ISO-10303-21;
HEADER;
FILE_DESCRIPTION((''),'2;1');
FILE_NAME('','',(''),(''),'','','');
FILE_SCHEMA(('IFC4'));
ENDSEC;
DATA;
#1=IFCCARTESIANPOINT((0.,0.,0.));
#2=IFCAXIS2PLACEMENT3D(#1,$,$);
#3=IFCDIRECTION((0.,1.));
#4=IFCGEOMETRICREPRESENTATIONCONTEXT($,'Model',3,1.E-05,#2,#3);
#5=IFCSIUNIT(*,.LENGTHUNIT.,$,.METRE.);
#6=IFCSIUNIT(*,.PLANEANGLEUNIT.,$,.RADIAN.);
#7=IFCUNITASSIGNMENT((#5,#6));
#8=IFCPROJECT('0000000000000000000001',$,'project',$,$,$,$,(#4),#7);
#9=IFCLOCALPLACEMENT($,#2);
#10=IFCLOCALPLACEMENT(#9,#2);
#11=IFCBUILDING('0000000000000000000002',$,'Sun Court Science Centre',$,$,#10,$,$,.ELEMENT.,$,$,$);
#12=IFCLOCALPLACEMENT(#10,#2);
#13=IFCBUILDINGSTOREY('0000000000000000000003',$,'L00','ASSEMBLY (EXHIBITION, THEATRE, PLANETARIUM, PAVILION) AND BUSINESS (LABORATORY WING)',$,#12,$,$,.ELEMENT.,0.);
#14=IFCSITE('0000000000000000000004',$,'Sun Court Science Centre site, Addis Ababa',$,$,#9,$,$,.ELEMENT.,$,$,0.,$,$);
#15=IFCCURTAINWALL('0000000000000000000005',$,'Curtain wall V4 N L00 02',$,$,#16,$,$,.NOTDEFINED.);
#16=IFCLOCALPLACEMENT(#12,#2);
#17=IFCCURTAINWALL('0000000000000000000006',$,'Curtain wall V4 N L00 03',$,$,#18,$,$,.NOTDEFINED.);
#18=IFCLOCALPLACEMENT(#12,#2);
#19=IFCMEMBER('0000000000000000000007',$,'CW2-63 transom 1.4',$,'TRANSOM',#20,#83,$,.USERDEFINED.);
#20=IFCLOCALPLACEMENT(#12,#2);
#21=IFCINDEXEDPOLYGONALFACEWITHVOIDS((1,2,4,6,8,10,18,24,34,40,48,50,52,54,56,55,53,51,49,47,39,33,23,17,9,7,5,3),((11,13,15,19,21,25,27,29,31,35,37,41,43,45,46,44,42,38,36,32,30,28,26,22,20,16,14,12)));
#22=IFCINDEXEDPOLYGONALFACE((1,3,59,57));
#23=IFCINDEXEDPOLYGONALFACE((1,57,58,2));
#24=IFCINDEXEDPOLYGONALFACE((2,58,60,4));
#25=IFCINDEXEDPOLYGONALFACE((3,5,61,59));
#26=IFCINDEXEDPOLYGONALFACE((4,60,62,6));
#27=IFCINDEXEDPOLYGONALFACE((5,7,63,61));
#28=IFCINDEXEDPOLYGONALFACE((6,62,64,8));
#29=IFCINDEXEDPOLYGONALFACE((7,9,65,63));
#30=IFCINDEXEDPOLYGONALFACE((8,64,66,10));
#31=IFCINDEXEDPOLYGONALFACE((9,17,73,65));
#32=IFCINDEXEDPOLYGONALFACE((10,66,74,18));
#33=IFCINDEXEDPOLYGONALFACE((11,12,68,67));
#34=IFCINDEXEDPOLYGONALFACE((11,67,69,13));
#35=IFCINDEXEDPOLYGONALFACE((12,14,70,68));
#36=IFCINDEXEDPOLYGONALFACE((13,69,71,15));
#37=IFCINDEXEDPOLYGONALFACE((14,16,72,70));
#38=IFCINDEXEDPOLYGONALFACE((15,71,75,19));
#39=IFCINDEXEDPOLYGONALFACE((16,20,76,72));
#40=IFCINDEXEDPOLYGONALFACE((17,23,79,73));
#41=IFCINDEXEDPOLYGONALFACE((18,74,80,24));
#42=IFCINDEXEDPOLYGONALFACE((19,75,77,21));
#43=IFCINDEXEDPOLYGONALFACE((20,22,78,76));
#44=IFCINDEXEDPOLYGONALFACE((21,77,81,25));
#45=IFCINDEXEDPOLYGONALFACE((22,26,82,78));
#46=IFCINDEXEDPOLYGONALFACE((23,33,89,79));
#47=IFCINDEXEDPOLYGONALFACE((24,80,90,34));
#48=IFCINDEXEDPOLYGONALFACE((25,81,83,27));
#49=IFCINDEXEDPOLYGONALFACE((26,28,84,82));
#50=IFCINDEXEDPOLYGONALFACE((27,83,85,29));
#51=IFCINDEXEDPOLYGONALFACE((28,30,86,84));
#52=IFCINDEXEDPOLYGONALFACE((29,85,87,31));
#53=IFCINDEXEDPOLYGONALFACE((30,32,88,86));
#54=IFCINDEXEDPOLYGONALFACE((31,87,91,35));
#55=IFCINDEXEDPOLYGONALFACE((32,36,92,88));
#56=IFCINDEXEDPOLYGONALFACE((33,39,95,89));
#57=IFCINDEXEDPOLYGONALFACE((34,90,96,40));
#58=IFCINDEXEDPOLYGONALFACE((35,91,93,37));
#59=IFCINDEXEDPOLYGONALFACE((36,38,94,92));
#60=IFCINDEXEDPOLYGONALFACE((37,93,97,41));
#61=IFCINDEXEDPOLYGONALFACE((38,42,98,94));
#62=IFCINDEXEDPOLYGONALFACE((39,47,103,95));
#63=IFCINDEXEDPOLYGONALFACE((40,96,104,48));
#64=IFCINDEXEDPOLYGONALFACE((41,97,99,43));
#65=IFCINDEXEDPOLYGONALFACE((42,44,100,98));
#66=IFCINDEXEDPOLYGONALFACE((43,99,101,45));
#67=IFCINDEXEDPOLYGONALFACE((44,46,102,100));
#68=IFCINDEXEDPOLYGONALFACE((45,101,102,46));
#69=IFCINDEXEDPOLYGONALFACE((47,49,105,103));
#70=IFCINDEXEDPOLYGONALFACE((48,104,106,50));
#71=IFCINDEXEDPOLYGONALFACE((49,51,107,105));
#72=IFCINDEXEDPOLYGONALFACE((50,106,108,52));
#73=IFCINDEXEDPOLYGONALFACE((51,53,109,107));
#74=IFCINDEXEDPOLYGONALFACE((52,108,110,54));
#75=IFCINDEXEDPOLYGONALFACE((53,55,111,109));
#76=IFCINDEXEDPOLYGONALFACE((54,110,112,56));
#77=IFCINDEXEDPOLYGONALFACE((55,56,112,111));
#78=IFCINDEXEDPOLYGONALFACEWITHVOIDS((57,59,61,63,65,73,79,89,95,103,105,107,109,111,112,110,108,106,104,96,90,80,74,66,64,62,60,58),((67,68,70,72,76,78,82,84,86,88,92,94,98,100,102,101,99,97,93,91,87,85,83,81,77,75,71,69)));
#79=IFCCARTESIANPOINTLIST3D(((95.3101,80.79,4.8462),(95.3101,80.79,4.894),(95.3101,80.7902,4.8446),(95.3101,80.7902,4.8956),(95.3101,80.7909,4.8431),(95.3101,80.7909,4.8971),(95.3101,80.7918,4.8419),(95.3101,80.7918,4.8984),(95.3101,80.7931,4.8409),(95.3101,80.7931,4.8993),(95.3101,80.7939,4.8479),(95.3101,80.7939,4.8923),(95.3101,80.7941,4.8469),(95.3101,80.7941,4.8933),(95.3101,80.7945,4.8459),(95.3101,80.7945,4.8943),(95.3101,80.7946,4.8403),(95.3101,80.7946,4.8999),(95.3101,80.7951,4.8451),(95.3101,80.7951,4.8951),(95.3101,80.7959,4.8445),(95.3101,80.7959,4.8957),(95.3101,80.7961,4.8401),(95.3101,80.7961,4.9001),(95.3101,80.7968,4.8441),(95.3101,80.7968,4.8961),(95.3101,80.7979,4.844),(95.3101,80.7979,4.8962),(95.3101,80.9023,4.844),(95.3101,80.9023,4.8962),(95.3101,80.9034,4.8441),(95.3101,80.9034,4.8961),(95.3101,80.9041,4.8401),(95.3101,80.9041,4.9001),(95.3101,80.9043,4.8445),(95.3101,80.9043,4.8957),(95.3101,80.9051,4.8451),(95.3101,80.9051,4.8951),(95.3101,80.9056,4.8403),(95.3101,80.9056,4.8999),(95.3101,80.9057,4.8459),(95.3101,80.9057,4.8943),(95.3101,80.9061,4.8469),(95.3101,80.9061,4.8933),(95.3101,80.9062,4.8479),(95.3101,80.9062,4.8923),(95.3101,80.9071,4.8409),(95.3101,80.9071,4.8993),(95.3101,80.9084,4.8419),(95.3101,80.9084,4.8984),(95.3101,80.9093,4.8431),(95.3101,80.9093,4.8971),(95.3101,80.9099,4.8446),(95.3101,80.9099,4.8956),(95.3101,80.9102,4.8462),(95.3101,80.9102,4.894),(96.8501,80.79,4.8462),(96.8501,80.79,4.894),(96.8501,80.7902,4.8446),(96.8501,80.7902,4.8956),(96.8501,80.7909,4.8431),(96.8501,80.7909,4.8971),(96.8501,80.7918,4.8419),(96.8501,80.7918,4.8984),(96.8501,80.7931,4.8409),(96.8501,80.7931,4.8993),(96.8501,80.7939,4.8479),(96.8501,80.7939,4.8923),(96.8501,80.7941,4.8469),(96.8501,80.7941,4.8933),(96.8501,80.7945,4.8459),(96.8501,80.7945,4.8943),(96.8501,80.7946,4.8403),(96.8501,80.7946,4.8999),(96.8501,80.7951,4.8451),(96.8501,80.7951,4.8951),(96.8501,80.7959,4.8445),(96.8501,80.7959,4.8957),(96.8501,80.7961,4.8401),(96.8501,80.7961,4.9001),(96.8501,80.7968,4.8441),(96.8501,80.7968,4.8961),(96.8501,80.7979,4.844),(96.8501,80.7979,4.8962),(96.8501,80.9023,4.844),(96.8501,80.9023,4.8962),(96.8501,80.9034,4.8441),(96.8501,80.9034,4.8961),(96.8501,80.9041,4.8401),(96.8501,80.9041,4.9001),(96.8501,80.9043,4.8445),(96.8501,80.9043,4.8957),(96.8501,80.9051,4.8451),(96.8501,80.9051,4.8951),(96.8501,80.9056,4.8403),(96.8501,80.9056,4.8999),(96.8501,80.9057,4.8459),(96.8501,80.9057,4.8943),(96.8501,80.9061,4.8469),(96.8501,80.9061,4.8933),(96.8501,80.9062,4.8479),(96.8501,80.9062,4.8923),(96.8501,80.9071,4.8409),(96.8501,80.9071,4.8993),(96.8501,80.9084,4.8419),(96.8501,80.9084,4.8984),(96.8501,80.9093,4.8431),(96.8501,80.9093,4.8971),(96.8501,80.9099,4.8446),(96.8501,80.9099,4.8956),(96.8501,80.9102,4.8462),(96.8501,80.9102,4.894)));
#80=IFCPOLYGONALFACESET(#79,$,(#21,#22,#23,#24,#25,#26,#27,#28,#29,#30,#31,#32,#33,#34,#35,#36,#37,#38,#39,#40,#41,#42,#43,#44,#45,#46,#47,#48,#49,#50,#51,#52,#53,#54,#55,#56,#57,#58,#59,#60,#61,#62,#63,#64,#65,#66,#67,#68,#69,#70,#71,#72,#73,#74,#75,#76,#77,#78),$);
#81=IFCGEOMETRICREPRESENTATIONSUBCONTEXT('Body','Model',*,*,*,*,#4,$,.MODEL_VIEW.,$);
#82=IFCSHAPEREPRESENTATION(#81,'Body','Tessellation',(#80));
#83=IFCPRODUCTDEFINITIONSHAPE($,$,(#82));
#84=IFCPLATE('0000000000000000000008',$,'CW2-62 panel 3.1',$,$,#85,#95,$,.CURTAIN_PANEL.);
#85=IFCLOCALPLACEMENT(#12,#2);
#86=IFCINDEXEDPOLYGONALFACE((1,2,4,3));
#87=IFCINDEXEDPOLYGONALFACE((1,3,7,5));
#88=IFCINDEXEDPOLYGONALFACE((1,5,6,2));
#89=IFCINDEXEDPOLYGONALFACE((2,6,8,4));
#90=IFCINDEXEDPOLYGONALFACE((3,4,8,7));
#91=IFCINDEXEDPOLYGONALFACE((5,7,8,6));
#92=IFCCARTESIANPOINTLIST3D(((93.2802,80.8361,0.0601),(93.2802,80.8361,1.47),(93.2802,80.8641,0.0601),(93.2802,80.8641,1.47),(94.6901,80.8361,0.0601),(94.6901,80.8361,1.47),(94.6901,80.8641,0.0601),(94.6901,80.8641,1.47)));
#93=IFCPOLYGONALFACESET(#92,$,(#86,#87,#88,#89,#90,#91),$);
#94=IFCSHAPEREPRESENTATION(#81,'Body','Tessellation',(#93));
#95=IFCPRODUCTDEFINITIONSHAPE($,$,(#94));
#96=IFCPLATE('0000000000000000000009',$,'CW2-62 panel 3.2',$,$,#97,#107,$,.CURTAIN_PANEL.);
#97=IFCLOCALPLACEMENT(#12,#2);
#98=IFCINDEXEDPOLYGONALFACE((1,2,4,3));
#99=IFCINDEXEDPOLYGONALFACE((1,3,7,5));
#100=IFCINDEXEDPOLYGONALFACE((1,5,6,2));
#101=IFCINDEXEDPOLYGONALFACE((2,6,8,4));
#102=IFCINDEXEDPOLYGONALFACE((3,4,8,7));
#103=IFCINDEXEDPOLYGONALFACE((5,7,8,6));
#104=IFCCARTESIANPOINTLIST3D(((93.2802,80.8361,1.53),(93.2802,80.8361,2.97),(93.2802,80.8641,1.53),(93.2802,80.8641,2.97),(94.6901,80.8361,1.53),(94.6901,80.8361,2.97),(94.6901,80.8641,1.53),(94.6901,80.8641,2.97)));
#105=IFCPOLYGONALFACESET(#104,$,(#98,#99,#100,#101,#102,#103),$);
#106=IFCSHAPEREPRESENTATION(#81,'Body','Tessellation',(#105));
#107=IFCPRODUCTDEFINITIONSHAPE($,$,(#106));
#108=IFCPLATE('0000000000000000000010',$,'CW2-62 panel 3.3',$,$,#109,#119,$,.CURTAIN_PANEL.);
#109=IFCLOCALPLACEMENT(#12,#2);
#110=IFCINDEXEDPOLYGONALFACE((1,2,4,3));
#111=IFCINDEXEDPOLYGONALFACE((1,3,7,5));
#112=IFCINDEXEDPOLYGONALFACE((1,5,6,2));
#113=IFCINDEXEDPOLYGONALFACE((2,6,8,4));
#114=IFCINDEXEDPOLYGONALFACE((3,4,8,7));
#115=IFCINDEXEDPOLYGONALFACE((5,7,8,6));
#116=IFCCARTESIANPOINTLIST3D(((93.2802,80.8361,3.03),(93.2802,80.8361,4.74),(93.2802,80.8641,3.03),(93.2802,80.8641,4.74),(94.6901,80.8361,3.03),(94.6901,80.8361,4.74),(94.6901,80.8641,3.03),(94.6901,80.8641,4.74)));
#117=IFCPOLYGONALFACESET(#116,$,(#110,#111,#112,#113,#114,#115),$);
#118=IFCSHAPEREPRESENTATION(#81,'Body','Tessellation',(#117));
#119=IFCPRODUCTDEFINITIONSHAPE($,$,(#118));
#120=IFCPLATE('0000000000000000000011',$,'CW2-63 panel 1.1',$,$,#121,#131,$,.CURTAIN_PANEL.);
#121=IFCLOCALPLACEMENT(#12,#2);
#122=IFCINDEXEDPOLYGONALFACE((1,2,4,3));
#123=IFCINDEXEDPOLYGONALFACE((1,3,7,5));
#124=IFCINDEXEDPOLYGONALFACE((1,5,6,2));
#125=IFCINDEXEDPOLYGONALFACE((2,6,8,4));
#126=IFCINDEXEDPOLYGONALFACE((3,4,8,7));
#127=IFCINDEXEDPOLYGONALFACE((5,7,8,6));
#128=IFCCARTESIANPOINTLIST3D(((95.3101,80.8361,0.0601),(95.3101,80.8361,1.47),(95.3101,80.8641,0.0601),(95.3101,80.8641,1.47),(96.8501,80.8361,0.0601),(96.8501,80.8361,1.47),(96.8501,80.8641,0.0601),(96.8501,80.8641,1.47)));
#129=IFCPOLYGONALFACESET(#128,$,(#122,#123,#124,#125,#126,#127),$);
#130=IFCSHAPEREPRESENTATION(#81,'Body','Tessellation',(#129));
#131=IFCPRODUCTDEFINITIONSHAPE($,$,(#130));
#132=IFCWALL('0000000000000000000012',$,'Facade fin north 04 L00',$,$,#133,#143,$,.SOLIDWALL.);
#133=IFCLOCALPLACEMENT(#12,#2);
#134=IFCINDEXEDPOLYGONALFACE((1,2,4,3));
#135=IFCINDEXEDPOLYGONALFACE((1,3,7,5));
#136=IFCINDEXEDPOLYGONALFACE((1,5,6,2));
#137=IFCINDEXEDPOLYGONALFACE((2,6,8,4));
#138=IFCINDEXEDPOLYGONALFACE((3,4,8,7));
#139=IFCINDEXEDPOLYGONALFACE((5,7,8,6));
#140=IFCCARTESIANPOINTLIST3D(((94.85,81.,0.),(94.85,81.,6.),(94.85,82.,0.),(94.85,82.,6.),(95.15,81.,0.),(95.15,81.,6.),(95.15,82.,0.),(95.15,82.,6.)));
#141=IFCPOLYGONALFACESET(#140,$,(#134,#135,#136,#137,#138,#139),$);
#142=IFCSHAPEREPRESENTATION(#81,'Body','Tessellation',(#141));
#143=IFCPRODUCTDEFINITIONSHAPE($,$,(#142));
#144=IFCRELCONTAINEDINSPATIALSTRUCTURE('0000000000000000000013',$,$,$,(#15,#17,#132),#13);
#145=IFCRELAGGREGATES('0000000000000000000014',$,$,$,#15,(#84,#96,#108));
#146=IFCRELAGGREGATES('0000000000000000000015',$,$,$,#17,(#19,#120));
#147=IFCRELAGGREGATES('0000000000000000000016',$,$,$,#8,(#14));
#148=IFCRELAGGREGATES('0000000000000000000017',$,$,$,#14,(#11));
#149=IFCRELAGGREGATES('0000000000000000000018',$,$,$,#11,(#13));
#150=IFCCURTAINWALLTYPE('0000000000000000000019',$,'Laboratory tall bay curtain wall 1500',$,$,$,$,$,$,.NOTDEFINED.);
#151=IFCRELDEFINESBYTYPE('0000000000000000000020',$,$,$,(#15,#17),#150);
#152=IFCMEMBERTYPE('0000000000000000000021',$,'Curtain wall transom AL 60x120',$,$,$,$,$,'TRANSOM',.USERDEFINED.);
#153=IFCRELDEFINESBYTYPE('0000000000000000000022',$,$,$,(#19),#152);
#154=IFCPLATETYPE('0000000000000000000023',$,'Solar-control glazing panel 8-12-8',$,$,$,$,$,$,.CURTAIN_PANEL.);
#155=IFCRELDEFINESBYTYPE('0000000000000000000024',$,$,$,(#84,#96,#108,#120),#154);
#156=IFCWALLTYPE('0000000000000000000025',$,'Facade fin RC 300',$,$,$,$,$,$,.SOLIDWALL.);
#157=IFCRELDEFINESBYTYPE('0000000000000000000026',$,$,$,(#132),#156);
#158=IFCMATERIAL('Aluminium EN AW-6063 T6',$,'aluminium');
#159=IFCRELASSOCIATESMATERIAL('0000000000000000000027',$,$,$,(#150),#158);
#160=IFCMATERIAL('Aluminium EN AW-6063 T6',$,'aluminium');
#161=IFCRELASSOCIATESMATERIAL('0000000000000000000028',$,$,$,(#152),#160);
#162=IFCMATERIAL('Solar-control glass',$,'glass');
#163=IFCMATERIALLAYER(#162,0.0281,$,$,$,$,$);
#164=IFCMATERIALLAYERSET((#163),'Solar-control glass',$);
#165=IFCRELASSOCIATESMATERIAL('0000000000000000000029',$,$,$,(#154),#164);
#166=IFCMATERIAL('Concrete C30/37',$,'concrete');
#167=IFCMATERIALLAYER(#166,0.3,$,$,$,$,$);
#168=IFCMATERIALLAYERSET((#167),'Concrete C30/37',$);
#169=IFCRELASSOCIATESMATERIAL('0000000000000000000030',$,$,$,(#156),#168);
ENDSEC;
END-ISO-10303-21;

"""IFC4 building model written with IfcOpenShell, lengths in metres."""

from ifc_helpers import new_model, si_unit, direction, frame, frame_2d, origin, origin_2d, place, context, subcontext, project, spatial, rectangle, hollow_rectangle, extrude, material, layer, layer_set, material_profile, profile_set, type_object, element, aggregate, save


model = new_model("IFC4")

# Units and contexts
model_context = context("Model", 3, precision=1e-05, world=origin(), true_north=direction((0.0, 1.0)))
body_context = subcontext(model_context, "Body", "Model", "MODEL_VIEW")
ifc_project = project(units=[si_unit("LENGTHUNIT", "METRE"), si_unit("PLANEANGLEUNIT", "RADIAN")], contexts=[model_context])

# Site, building, storey
site_placement = place(None, origin())
site = spatial("IfcSite", under=ifc_project, at=site_placement, Name="Sun Court Science Centre site, Addis Ababa", CompositionType="ELEMENT", RefElevation=0.0)
building_placement = place(site_placement, origin())
building = spatial("IfcBuilding", under=site, at=building_placement, Name="Sun Court Science Centre", CompositionType="ELEMENT")
storey_placement = place(building_placement, origin())
storey = spatial("IfcBuildingStorey", under=building, at=storey_placement, Name="L00", Description="ASSEMBLY (EXHIBITION, THEATRE, PLANETARIUM, PAVILION) AND BUSINESS (LABORATORY WING)", CompositionType="ELEMENT", Elevation=0.0)

# Curtain walls
ifc_material_1 = material(Name="Aluminium EN AW-6063 T6", Category="aluminium")
curtain_wall_type = type_object("IfcCurtainWallType", Name="Laboratory tall bay curtain wall 1500", PredefinedType="NOTDEFINED", material=ifc_material_1)
curtain_wall_1_placement = place(storey_placement, origin())
curtain_wall_1 = element("IfcCurtainWall", 1, at=curtain_wall_1_placement, inside=storey, type_object=curtain_wall_type, Name="Curtain wall V4 N L00 02", PredefinedType="NOTDEFINED")
curtain_wall_2_placement = place(storey_placement, origin())
curtain_wall_2 = element("IfcCurtainWall", 2, at=curtain_wall_2_placement, inside=storey, type_object=curtain_wall_type, Name="Curtain wall V4 N L00 03", PredefinedType="NOTDEFINED")

# Member
ifc_material_2 = material(Name="Aluminium EN AW-6063 T6", Category="aluminium")
ifc_material_profile_1 = material_profile(ifc_material_2, hollow_rectangle(XDim=0.0601, YDim=0.1201, WallThickness=0.0039, InnerFilletRadius=0.0039, OuterFilletRadius=0.0061, at=origin_2d()), Name="AL 60x120x4")
ifc_profile_set_1 = profile_set([ifc_material_profile_1], Name="Aluminium EN AW-6063 T6")
member_type_1 = type_object("IfcMemberType", Name="Curtain wall transom AL 60x120", ElementType="TRANSOM", PredefinedType="USERDEFINED", material=ifc_profile_set_1)
member_1_placement = place(storey_placement, frame((95.3101, 80.8501, 4.8701), z_axis=(1.0, 0.0, 0.0), x_axis=(0.0, 0.0, 1.0)))
member_1 = element("IfcMember", 3, at=member_1_placement, type_object=member_type_1, Name="CW2-63 transom 1.4", ObjectType="TRANSOM", PredefinedType="USERDEFINED", context=body_context, shape_type="SweptSolid", body=[
    extrude(hollow_rectangle(XDim=0.0601, YDim=0.1201, WallThickness=0.0039, InnerFilletRadius=0.0039, OuterFilletRadius=0.0061, at=origin_2d()), origin(), (0.0, 0.0, 1.0), 1.54),
])

# Plates
ifc_material_3 = material(Name="Solar-control glass", Category="glass")
ifc_layer_1 = layer(ifc_material_3, 0.0281)
ifc_layer_set_1 = layer_set([ifc_layer_1], Name="Solar-control glass")
plate_type = type_object("IfcPlateType", Name="Solar-control glazing panel 8-12-8", PredefinedType="CURTAIN_PANEL", material=ifc_layer_set_1)
plate_1_placement = place(storey_placement, frame((93.9851, 80.8501, 0.0601), z_axis=(0.0, 0.0, 1.0), x_axis=(1.0, 0.0, 0.0)))
plate_1 = element("IfcPlate", 4, at=plate_1_placement, type_object=plate_type, Name="CW2-62 panel 3.1", PredefinedType="CURTAIN_PANEL", context=body_context, shape_type="SweptSolid", body=[
    extrude(rectangle(XDim=1.4099, YDim=0.0281, at=origin_2d()), origin(), (0.0, 0.0, 1.0), 1.4099),
])
plate_2_placement = place(storey_placement, frame((93.9851, 80.8501, 1.53), z_axis=(0.0, 0.0, 1.0), x_axis=(1.0, 0.0, 0.0)))
plate_2 = element("IfcPlate", 5, at=plate_2_placement, type_object=plate_type, Name="CW2-62 panel 3.2", PredefinedType="CURTAIN_PANEL", context=body_context, shape_type="SweptSolid", body=[
    extrude(rectangle(XDim=1.4099, YDim=0.0281, at=origin_2d()), origin(), (0.0, 0.0, 1.0), 1.4399),
])
plate_3_placement = place(storey_placement, frame((93.9851, 80.8501, 3.03), z_axis=(0.0, 0.0, 1.0), x_axis=(1.0, 0.0, 0.0)))
plate_3 = element("IfcPlate", 6, at=plate_3_placement, type_object=plate_type, Name="CW2-62 panel 3.3", PredefinedType="CURTAIN_PANEL", context=body_context, shape_type="SweptSolid", body=[
    extrude(rectangle(XDim=1.4099, YDim=0.0281, at=origin_2d()), origin(), (0.0, 0.0, 1.0), 1.71),
])
aggregate(curtain_wall_1, [plate_1, plate_2, plate_3])
plate_4_placement = place(storey_placement, frame((96.0801, 80.8501, 0.0601), z_axis=(0.0, 0.0, 1.0), x_axis=(1.0, 0.0, 0.0)))
plate_4 = element("IfcPlate", 7, at=plate_4_placement, type_object=plate_type, Name="CW2-63 panel 1.1", PredefinedType="CURTAIN_PANEL", context=body_context, shape_type="SweptSolid", body=[
    extrude(rectangle(XDim=1.54, YDim=0.0281, at=origin_2d()), origin(), (0.0, 0.0, 1.0), 1.4099),
])
aggregate(curtain_wall_2, [member_1, plate_4])

# Wall
ifc_material_4 = material(Name="Concrete C30/37", Category="concrete")
ifc_layer_2 = layer(ifc_material_4, 0.3)
ifc_layer_set_2 = layer_set([ifc_layer_2], Name="Concrete C30/37")
wall_type = type_object("IfcWallType", Name="Facade fin RC 300", PredefinedType="SOLIDWALL", material=ifc_layer_set_2)
wall_placement = place(storey_placement, frame((95.0, 81.0, 0.0), z_axis=(0.0, 0.0, 1.0), x_axis=(0.0, 1.0, 0.0)))
element("IfcWall", 8, at=wall_placement, inside=storey, type_object=wall_type, Name="Facade fin north 04 L00", PredefinedType="SOLIDWALL", context=body_context, shape_type="SweptSolid", body=[
    extrude(rectangle(XDim=1.0, YDim=0.3, at=frame_2d((0.5, 0.0))), origin(), (0.0, 0.0, 1.0), 6.0),
])

save(model, "model.ifc")
